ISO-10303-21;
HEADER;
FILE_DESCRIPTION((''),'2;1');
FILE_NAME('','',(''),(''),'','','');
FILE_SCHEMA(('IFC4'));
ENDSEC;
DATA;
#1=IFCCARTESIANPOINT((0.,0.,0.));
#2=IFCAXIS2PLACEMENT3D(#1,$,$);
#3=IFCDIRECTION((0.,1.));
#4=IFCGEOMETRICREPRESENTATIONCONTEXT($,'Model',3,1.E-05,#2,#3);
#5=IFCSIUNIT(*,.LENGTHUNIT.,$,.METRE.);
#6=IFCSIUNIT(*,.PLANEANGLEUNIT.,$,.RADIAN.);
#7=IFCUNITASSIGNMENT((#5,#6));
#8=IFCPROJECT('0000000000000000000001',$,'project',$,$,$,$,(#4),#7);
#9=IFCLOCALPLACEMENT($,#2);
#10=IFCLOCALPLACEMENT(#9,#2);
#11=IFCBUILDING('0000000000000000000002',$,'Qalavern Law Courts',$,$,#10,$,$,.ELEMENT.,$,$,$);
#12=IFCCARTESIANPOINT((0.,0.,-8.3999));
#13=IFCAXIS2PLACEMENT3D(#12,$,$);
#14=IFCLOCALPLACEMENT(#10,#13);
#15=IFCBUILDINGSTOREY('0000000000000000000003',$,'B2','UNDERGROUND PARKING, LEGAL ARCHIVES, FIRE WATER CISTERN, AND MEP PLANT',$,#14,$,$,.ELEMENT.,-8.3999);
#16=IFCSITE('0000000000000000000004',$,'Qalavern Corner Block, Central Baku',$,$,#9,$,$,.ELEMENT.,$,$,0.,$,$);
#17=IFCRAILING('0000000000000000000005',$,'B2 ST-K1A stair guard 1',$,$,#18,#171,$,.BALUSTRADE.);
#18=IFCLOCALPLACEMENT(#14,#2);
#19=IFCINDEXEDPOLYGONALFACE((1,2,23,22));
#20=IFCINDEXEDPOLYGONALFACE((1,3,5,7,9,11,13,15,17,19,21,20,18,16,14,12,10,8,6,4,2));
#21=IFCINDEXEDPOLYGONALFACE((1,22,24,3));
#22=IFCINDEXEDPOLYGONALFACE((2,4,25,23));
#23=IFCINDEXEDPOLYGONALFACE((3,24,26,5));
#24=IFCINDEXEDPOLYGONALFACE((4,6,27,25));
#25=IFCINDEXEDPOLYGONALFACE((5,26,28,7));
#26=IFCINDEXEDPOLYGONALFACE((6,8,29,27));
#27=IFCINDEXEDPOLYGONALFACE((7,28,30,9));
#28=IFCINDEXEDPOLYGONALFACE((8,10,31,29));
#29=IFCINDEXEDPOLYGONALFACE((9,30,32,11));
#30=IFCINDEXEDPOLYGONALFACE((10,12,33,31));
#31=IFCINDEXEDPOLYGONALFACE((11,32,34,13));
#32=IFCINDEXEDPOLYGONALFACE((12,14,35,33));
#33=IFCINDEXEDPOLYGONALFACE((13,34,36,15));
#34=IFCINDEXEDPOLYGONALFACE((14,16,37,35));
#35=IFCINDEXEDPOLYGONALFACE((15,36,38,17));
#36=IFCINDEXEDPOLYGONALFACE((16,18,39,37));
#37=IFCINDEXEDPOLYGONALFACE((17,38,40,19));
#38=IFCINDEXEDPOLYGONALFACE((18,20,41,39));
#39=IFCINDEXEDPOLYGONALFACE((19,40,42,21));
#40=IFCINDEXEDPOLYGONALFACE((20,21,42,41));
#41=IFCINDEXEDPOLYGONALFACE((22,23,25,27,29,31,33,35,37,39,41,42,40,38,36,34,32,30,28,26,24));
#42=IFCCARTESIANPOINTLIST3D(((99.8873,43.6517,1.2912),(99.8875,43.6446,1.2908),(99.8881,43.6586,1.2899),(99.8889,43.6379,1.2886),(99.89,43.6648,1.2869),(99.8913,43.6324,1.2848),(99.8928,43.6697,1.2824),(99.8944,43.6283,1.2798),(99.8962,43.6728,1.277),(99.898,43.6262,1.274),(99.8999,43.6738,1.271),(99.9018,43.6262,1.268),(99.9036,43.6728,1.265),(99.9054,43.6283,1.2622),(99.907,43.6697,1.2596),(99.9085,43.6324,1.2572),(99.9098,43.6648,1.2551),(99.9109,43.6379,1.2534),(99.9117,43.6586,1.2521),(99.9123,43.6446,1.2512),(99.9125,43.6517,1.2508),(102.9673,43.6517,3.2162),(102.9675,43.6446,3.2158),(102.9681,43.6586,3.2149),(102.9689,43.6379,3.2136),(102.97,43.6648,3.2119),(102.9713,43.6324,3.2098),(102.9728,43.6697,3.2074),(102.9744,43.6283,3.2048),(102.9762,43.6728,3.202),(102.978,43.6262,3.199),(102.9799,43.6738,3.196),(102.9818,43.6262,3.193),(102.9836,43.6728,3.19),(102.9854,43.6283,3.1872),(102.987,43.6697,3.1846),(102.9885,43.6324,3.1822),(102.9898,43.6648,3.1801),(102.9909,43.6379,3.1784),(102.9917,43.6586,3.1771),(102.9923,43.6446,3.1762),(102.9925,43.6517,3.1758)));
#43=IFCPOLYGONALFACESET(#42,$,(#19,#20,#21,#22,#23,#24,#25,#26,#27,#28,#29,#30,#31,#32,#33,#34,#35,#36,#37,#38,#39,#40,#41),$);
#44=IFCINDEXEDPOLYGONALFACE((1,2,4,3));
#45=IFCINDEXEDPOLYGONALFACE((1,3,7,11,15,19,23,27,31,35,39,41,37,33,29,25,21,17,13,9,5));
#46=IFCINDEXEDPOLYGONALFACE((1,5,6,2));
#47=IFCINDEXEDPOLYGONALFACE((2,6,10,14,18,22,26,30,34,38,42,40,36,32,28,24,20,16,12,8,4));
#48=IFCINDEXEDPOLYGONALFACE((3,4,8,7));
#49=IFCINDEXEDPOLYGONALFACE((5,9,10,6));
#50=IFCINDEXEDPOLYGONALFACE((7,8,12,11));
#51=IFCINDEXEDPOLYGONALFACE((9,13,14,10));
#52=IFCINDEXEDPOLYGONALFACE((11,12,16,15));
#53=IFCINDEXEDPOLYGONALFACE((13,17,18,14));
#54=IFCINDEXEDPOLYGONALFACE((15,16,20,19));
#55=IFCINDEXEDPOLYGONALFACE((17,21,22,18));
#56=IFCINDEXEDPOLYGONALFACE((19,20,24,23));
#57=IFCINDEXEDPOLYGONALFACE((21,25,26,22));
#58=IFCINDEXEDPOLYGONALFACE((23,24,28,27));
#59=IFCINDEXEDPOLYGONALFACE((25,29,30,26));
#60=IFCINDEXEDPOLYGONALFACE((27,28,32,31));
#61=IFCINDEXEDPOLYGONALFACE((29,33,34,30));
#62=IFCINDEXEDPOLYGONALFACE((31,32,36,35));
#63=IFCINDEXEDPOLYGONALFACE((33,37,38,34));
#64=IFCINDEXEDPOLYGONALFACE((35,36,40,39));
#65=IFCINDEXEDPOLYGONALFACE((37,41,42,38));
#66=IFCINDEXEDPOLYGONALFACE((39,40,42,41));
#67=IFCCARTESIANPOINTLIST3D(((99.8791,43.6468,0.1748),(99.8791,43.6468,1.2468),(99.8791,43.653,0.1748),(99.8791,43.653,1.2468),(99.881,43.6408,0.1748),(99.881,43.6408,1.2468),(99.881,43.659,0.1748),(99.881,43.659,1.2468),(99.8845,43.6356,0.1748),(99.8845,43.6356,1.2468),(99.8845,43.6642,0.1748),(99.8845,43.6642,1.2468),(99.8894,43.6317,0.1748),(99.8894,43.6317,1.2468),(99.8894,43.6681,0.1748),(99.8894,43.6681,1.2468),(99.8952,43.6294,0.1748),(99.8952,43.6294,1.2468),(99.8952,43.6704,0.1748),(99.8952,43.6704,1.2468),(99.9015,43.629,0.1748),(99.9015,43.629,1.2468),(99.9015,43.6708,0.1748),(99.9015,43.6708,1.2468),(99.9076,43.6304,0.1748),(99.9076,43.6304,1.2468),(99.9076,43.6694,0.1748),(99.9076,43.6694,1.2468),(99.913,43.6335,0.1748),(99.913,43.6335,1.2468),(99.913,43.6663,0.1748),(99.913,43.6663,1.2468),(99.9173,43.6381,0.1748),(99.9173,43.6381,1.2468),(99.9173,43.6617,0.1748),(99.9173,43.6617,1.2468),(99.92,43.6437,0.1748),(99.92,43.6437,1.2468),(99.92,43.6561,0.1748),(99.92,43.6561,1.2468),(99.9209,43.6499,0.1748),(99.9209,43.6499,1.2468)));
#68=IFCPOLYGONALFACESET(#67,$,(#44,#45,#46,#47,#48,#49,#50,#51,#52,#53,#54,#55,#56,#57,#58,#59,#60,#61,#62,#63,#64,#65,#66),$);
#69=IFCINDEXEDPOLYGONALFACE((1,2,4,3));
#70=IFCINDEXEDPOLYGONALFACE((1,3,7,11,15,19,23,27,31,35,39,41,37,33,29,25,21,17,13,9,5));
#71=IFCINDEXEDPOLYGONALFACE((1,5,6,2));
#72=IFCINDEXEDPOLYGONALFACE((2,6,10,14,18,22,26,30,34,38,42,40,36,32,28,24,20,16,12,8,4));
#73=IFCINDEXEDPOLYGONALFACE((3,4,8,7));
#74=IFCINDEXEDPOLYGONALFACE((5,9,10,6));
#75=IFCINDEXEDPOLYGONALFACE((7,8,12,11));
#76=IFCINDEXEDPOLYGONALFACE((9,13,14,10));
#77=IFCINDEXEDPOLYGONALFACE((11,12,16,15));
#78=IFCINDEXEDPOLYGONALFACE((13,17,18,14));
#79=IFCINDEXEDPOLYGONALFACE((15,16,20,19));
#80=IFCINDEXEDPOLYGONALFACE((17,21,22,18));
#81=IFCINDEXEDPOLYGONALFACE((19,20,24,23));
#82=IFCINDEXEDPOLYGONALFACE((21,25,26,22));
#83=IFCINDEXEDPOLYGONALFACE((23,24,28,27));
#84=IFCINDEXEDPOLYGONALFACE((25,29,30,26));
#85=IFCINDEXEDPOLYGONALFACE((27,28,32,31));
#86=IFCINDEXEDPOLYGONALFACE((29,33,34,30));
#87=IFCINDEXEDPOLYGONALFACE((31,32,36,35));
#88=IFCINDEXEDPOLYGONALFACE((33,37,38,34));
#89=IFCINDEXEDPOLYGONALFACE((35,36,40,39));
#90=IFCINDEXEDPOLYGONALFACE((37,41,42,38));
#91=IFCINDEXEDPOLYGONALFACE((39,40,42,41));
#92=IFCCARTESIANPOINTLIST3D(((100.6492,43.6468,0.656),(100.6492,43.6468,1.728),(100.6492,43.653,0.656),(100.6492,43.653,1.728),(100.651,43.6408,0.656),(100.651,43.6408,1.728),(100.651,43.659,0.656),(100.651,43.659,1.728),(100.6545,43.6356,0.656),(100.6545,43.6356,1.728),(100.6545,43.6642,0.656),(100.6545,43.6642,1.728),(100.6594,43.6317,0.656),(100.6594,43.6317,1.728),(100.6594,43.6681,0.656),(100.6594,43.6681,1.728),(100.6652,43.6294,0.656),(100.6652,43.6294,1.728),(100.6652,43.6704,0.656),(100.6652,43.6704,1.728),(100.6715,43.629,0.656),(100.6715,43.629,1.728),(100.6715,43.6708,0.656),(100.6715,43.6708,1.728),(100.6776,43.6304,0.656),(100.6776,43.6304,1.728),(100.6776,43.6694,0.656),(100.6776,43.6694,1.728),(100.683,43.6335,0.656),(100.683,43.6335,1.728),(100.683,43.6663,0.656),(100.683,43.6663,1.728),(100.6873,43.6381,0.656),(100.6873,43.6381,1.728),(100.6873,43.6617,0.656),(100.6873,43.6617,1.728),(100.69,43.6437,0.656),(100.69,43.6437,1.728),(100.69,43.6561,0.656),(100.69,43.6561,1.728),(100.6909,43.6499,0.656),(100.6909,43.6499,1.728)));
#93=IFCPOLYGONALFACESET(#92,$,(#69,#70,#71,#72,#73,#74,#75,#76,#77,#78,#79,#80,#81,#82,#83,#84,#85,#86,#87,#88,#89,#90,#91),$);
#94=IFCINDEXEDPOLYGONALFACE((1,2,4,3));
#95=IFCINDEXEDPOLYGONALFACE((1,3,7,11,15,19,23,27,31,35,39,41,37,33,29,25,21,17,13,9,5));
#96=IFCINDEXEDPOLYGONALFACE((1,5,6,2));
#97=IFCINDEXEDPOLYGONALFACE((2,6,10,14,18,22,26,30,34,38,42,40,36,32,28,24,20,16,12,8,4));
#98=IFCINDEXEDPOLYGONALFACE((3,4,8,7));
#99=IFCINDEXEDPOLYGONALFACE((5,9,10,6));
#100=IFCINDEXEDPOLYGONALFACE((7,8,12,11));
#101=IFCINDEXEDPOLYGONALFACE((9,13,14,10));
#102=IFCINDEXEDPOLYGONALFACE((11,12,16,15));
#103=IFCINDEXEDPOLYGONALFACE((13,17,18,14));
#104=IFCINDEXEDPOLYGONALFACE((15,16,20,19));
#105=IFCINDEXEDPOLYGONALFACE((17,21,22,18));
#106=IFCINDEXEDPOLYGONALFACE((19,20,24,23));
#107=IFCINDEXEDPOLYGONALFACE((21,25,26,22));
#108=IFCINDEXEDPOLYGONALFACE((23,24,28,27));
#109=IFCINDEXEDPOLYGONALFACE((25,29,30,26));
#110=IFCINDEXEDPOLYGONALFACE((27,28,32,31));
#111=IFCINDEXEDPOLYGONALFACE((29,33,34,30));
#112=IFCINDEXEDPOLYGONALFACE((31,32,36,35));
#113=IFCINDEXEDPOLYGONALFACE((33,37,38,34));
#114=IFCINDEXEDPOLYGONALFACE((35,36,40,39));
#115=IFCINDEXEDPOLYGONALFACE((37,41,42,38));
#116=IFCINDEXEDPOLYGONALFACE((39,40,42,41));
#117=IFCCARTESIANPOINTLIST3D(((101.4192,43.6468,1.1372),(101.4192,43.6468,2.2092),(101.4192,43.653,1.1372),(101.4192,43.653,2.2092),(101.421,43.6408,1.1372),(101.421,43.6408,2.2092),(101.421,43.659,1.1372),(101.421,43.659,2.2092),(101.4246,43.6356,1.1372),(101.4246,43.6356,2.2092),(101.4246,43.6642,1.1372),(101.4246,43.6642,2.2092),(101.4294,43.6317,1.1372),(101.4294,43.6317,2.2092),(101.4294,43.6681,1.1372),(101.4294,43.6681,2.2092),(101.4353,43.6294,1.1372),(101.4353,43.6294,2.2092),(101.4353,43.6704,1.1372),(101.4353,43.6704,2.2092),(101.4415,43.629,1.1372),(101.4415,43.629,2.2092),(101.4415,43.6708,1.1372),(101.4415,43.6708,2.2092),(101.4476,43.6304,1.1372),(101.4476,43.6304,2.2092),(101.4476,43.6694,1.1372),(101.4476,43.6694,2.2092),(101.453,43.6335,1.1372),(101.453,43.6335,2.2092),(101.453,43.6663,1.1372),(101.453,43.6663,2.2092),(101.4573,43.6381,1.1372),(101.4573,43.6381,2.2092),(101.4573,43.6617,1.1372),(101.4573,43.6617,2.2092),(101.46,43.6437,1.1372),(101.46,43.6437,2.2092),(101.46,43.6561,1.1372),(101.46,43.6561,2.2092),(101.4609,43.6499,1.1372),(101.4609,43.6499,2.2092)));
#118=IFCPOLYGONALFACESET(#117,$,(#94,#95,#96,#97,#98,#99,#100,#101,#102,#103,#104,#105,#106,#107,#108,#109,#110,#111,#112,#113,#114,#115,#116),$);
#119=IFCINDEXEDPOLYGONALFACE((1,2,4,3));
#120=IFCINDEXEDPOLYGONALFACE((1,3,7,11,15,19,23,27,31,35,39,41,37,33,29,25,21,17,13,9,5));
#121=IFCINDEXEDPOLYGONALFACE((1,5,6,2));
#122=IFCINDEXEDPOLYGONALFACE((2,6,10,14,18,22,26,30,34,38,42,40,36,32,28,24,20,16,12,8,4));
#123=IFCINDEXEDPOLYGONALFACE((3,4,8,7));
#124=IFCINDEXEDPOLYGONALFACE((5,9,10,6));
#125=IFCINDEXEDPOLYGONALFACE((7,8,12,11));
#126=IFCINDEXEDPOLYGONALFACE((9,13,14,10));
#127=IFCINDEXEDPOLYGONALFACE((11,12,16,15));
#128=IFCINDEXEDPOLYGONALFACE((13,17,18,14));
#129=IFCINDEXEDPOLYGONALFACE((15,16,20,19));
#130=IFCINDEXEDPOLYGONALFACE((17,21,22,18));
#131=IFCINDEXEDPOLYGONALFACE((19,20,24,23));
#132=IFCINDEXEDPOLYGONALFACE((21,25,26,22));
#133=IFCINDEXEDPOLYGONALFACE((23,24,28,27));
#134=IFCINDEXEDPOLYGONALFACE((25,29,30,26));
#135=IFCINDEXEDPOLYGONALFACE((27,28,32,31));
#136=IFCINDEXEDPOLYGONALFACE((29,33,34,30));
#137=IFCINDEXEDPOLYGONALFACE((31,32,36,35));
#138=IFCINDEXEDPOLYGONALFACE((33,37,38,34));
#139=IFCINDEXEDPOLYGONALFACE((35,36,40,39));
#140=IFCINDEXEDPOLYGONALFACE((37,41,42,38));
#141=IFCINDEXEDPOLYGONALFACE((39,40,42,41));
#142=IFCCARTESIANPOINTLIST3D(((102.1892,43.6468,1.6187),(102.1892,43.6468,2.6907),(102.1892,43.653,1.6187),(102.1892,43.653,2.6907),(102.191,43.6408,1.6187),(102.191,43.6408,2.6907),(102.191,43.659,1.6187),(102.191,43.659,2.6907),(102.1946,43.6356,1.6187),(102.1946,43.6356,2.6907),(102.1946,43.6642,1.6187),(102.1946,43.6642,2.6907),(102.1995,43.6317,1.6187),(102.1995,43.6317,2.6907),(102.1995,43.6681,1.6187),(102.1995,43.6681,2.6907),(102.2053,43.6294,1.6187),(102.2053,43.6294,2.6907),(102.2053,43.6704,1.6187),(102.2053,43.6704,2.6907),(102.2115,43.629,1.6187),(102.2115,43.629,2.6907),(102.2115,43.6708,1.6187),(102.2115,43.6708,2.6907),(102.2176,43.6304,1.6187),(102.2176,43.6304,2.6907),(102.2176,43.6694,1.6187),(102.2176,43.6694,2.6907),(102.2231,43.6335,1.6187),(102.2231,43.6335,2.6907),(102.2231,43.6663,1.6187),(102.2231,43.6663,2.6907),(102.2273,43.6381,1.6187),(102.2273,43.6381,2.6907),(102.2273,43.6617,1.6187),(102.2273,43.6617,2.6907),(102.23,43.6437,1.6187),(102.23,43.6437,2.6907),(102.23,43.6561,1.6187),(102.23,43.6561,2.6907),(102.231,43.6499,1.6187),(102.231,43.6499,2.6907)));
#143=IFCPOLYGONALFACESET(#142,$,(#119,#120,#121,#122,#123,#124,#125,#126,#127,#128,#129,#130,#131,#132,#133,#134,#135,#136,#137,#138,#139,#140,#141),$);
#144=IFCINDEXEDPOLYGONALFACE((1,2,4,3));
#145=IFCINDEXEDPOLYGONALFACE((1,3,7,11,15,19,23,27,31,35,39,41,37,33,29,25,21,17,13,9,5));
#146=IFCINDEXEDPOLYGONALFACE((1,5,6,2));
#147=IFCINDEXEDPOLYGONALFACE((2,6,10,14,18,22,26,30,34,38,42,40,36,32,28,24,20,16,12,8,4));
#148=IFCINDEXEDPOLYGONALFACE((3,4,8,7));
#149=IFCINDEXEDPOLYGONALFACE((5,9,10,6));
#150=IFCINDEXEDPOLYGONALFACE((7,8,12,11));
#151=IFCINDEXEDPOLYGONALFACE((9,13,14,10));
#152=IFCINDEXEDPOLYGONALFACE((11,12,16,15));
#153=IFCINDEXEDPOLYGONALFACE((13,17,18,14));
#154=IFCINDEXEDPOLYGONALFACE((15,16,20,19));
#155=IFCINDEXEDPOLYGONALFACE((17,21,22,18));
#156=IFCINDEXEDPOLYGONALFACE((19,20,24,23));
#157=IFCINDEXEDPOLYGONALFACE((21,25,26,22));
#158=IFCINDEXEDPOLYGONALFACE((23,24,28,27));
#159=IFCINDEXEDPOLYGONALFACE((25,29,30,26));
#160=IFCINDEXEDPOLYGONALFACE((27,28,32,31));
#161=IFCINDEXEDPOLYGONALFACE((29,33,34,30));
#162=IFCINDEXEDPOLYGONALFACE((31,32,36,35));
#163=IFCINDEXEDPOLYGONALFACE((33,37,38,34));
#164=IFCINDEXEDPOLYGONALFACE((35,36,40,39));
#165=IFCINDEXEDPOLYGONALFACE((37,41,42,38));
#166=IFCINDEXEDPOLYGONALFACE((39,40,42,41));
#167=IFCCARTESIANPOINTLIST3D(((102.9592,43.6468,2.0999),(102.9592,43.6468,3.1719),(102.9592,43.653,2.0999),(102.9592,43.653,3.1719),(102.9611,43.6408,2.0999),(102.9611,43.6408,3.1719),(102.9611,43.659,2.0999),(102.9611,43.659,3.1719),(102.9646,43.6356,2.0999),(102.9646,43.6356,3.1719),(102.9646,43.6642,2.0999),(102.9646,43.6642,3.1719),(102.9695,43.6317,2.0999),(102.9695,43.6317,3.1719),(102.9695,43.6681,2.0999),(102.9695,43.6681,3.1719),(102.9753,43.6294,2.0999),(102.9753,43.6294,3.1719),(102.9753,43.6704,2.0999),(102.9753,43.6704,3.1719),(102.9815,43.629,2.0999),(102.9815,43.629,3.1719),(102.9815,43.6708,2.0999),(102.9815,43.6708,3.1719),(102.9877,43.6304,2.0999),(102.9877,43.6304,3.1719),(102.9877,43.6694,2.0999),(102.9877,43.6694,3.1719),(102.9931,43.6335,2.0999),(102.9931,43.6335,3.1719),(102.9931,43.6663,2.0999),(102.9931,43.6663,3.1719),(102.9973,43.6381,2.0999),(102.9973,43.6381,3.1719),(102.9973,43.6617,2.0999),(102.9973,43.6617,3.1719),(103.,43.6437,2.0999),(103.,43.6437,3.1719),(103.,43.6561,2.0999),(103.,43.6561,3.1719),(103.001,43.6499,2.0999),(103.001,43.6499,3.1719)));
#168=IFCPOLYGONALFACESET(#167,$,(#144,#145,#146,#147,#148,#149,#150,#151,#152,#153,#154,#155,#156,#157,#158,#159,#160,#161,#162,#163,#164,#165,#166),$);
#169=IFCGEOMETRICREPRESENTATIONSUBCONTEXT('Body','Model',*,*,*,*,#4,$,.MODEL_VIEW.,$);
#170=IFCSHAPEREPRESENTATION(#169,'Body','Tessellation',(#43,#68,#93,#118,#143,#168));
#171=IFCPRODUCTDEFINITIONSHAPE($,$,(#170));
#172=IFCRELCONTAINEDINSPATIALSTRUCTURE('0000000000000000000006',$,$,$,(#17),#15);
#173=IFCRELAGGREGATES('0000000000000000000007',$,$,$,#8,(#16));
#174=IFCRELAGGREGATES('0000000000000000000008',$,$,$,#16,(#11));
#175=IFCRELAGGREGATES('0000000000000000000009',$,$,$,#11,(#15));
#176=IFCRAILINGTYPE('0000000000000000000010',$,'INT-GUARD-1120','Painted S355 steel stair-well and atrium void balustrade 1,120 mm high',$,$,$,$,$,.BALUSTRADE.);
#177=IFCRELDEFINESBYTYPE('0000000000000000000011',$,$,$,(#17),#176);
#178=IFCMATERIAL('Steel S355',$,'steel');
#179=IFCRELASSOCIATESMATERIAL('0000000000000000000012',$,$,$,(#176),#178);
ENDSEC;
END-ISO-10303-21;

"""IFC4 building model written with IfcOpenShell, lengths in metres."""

from ifc_helpers import new_model, si_unit, direction, frame, origin, origin_2d, place, context, subcontext, project, spatial, circle, extrude, material, type_object, element, save


model = new_model("IFC4")

# Units and contexts
model_context = context("Model", 3, precision=1e-05, world=origin(), true_north=direction((0.0, 1.0)))
body_context = subcontext(model_context, "Body", "Model", "MODEL_VIEW")
ifc_project = project(units=[si_unit("LENGTHUNIT", "METRE"), si_unit("PLANEANGLEUNIT", "RADIAN")], contexts=[model_context])

# Site, building, storey
site_placement = place(None, origin())
site = spatial("IfcSite", under=ifc_project, at=site_placement, Name="Qalavern Corner Block, Central Baku", CompositionType="ELEMENT", RefElevation=0.0)
building_placement = place(site_placement, origin())
building = spatial("IfcBuilding", under=site, at=building_placement, Name="Qalavern Law Courts", CompositionType="ELEMENT")
storey_placement = place(building_placement, frame((0.0, 0.0, -8.3999)))
storey = spatial("IfcBuildingStorey", under=building, at=storey_placement, Name="B2", Description="UNDERGROUND PARKING, LEGAL ARCHIVES, FIRE WATER CISTERN, AND MEP PLANT", CompositionType="ELEMENT", Elevation=-8.3999)

# Railing
ifc_material_1 = material(Name="Steel S355", Category="steel")
railing_type_1 = type_object("IfcRailingType", Name="INT-GUARD-1120", Description="Painted S355 steel stair-well and atrium void balustrade 1,120 mm high", PredefinedType="BALUSTRADE", material=ifc_material_1)
railing_1_placement = place(storey_placement, frame((99.8999, 43.6499, 0.1748)))
element("IfcRailing", 1, at=railing_1_placement, inside=storey, type_object=railing_type_1, Name="B2 ST-K1A stair guard 1", PredefinedType="BALUSTRADE", context=body_context, shape_type="SweptSolid", body=[
    extrude(circle(Radius=0.0239, at=origin_2d()), frame((0.0, 0.0, 1.0962), z_axis=(0.847998, 0.0, 0.529999), x_axis=(0.0, 1.0, 0.0)), (0.0, 0.0, 1.0), 3.6321),
    extrude(circle(Radius=0.021, at=origin_2d()), origin(), (0.0, 0.0, 1.0), 1.072),
    extrude(circle(Radius=0.021, at=origin_2d()), frame((0.77, 0.0, 0.4812)), (0.0, 0.0, 1.0), 1.072),
    extrude(circle(Radius=0.021, at=origin_2d()), frame((1.54, 0.0, 0.9624)), (0.0, 0.0, 1.0), 1.072),
    extrude(circle(Radius=0.021, at=origin_2d()), frame((2.3101, 0.0, 1.4438)), (0.0, 0.0, 1.0), 1.072),
    extrude(circle(Radius=0.021, at=origin_2d()), frame((3.0801, 0.0, 1.925)), (0.0, 0.0, 1.0), 1.072),
])

save(model, "model.ifc")
